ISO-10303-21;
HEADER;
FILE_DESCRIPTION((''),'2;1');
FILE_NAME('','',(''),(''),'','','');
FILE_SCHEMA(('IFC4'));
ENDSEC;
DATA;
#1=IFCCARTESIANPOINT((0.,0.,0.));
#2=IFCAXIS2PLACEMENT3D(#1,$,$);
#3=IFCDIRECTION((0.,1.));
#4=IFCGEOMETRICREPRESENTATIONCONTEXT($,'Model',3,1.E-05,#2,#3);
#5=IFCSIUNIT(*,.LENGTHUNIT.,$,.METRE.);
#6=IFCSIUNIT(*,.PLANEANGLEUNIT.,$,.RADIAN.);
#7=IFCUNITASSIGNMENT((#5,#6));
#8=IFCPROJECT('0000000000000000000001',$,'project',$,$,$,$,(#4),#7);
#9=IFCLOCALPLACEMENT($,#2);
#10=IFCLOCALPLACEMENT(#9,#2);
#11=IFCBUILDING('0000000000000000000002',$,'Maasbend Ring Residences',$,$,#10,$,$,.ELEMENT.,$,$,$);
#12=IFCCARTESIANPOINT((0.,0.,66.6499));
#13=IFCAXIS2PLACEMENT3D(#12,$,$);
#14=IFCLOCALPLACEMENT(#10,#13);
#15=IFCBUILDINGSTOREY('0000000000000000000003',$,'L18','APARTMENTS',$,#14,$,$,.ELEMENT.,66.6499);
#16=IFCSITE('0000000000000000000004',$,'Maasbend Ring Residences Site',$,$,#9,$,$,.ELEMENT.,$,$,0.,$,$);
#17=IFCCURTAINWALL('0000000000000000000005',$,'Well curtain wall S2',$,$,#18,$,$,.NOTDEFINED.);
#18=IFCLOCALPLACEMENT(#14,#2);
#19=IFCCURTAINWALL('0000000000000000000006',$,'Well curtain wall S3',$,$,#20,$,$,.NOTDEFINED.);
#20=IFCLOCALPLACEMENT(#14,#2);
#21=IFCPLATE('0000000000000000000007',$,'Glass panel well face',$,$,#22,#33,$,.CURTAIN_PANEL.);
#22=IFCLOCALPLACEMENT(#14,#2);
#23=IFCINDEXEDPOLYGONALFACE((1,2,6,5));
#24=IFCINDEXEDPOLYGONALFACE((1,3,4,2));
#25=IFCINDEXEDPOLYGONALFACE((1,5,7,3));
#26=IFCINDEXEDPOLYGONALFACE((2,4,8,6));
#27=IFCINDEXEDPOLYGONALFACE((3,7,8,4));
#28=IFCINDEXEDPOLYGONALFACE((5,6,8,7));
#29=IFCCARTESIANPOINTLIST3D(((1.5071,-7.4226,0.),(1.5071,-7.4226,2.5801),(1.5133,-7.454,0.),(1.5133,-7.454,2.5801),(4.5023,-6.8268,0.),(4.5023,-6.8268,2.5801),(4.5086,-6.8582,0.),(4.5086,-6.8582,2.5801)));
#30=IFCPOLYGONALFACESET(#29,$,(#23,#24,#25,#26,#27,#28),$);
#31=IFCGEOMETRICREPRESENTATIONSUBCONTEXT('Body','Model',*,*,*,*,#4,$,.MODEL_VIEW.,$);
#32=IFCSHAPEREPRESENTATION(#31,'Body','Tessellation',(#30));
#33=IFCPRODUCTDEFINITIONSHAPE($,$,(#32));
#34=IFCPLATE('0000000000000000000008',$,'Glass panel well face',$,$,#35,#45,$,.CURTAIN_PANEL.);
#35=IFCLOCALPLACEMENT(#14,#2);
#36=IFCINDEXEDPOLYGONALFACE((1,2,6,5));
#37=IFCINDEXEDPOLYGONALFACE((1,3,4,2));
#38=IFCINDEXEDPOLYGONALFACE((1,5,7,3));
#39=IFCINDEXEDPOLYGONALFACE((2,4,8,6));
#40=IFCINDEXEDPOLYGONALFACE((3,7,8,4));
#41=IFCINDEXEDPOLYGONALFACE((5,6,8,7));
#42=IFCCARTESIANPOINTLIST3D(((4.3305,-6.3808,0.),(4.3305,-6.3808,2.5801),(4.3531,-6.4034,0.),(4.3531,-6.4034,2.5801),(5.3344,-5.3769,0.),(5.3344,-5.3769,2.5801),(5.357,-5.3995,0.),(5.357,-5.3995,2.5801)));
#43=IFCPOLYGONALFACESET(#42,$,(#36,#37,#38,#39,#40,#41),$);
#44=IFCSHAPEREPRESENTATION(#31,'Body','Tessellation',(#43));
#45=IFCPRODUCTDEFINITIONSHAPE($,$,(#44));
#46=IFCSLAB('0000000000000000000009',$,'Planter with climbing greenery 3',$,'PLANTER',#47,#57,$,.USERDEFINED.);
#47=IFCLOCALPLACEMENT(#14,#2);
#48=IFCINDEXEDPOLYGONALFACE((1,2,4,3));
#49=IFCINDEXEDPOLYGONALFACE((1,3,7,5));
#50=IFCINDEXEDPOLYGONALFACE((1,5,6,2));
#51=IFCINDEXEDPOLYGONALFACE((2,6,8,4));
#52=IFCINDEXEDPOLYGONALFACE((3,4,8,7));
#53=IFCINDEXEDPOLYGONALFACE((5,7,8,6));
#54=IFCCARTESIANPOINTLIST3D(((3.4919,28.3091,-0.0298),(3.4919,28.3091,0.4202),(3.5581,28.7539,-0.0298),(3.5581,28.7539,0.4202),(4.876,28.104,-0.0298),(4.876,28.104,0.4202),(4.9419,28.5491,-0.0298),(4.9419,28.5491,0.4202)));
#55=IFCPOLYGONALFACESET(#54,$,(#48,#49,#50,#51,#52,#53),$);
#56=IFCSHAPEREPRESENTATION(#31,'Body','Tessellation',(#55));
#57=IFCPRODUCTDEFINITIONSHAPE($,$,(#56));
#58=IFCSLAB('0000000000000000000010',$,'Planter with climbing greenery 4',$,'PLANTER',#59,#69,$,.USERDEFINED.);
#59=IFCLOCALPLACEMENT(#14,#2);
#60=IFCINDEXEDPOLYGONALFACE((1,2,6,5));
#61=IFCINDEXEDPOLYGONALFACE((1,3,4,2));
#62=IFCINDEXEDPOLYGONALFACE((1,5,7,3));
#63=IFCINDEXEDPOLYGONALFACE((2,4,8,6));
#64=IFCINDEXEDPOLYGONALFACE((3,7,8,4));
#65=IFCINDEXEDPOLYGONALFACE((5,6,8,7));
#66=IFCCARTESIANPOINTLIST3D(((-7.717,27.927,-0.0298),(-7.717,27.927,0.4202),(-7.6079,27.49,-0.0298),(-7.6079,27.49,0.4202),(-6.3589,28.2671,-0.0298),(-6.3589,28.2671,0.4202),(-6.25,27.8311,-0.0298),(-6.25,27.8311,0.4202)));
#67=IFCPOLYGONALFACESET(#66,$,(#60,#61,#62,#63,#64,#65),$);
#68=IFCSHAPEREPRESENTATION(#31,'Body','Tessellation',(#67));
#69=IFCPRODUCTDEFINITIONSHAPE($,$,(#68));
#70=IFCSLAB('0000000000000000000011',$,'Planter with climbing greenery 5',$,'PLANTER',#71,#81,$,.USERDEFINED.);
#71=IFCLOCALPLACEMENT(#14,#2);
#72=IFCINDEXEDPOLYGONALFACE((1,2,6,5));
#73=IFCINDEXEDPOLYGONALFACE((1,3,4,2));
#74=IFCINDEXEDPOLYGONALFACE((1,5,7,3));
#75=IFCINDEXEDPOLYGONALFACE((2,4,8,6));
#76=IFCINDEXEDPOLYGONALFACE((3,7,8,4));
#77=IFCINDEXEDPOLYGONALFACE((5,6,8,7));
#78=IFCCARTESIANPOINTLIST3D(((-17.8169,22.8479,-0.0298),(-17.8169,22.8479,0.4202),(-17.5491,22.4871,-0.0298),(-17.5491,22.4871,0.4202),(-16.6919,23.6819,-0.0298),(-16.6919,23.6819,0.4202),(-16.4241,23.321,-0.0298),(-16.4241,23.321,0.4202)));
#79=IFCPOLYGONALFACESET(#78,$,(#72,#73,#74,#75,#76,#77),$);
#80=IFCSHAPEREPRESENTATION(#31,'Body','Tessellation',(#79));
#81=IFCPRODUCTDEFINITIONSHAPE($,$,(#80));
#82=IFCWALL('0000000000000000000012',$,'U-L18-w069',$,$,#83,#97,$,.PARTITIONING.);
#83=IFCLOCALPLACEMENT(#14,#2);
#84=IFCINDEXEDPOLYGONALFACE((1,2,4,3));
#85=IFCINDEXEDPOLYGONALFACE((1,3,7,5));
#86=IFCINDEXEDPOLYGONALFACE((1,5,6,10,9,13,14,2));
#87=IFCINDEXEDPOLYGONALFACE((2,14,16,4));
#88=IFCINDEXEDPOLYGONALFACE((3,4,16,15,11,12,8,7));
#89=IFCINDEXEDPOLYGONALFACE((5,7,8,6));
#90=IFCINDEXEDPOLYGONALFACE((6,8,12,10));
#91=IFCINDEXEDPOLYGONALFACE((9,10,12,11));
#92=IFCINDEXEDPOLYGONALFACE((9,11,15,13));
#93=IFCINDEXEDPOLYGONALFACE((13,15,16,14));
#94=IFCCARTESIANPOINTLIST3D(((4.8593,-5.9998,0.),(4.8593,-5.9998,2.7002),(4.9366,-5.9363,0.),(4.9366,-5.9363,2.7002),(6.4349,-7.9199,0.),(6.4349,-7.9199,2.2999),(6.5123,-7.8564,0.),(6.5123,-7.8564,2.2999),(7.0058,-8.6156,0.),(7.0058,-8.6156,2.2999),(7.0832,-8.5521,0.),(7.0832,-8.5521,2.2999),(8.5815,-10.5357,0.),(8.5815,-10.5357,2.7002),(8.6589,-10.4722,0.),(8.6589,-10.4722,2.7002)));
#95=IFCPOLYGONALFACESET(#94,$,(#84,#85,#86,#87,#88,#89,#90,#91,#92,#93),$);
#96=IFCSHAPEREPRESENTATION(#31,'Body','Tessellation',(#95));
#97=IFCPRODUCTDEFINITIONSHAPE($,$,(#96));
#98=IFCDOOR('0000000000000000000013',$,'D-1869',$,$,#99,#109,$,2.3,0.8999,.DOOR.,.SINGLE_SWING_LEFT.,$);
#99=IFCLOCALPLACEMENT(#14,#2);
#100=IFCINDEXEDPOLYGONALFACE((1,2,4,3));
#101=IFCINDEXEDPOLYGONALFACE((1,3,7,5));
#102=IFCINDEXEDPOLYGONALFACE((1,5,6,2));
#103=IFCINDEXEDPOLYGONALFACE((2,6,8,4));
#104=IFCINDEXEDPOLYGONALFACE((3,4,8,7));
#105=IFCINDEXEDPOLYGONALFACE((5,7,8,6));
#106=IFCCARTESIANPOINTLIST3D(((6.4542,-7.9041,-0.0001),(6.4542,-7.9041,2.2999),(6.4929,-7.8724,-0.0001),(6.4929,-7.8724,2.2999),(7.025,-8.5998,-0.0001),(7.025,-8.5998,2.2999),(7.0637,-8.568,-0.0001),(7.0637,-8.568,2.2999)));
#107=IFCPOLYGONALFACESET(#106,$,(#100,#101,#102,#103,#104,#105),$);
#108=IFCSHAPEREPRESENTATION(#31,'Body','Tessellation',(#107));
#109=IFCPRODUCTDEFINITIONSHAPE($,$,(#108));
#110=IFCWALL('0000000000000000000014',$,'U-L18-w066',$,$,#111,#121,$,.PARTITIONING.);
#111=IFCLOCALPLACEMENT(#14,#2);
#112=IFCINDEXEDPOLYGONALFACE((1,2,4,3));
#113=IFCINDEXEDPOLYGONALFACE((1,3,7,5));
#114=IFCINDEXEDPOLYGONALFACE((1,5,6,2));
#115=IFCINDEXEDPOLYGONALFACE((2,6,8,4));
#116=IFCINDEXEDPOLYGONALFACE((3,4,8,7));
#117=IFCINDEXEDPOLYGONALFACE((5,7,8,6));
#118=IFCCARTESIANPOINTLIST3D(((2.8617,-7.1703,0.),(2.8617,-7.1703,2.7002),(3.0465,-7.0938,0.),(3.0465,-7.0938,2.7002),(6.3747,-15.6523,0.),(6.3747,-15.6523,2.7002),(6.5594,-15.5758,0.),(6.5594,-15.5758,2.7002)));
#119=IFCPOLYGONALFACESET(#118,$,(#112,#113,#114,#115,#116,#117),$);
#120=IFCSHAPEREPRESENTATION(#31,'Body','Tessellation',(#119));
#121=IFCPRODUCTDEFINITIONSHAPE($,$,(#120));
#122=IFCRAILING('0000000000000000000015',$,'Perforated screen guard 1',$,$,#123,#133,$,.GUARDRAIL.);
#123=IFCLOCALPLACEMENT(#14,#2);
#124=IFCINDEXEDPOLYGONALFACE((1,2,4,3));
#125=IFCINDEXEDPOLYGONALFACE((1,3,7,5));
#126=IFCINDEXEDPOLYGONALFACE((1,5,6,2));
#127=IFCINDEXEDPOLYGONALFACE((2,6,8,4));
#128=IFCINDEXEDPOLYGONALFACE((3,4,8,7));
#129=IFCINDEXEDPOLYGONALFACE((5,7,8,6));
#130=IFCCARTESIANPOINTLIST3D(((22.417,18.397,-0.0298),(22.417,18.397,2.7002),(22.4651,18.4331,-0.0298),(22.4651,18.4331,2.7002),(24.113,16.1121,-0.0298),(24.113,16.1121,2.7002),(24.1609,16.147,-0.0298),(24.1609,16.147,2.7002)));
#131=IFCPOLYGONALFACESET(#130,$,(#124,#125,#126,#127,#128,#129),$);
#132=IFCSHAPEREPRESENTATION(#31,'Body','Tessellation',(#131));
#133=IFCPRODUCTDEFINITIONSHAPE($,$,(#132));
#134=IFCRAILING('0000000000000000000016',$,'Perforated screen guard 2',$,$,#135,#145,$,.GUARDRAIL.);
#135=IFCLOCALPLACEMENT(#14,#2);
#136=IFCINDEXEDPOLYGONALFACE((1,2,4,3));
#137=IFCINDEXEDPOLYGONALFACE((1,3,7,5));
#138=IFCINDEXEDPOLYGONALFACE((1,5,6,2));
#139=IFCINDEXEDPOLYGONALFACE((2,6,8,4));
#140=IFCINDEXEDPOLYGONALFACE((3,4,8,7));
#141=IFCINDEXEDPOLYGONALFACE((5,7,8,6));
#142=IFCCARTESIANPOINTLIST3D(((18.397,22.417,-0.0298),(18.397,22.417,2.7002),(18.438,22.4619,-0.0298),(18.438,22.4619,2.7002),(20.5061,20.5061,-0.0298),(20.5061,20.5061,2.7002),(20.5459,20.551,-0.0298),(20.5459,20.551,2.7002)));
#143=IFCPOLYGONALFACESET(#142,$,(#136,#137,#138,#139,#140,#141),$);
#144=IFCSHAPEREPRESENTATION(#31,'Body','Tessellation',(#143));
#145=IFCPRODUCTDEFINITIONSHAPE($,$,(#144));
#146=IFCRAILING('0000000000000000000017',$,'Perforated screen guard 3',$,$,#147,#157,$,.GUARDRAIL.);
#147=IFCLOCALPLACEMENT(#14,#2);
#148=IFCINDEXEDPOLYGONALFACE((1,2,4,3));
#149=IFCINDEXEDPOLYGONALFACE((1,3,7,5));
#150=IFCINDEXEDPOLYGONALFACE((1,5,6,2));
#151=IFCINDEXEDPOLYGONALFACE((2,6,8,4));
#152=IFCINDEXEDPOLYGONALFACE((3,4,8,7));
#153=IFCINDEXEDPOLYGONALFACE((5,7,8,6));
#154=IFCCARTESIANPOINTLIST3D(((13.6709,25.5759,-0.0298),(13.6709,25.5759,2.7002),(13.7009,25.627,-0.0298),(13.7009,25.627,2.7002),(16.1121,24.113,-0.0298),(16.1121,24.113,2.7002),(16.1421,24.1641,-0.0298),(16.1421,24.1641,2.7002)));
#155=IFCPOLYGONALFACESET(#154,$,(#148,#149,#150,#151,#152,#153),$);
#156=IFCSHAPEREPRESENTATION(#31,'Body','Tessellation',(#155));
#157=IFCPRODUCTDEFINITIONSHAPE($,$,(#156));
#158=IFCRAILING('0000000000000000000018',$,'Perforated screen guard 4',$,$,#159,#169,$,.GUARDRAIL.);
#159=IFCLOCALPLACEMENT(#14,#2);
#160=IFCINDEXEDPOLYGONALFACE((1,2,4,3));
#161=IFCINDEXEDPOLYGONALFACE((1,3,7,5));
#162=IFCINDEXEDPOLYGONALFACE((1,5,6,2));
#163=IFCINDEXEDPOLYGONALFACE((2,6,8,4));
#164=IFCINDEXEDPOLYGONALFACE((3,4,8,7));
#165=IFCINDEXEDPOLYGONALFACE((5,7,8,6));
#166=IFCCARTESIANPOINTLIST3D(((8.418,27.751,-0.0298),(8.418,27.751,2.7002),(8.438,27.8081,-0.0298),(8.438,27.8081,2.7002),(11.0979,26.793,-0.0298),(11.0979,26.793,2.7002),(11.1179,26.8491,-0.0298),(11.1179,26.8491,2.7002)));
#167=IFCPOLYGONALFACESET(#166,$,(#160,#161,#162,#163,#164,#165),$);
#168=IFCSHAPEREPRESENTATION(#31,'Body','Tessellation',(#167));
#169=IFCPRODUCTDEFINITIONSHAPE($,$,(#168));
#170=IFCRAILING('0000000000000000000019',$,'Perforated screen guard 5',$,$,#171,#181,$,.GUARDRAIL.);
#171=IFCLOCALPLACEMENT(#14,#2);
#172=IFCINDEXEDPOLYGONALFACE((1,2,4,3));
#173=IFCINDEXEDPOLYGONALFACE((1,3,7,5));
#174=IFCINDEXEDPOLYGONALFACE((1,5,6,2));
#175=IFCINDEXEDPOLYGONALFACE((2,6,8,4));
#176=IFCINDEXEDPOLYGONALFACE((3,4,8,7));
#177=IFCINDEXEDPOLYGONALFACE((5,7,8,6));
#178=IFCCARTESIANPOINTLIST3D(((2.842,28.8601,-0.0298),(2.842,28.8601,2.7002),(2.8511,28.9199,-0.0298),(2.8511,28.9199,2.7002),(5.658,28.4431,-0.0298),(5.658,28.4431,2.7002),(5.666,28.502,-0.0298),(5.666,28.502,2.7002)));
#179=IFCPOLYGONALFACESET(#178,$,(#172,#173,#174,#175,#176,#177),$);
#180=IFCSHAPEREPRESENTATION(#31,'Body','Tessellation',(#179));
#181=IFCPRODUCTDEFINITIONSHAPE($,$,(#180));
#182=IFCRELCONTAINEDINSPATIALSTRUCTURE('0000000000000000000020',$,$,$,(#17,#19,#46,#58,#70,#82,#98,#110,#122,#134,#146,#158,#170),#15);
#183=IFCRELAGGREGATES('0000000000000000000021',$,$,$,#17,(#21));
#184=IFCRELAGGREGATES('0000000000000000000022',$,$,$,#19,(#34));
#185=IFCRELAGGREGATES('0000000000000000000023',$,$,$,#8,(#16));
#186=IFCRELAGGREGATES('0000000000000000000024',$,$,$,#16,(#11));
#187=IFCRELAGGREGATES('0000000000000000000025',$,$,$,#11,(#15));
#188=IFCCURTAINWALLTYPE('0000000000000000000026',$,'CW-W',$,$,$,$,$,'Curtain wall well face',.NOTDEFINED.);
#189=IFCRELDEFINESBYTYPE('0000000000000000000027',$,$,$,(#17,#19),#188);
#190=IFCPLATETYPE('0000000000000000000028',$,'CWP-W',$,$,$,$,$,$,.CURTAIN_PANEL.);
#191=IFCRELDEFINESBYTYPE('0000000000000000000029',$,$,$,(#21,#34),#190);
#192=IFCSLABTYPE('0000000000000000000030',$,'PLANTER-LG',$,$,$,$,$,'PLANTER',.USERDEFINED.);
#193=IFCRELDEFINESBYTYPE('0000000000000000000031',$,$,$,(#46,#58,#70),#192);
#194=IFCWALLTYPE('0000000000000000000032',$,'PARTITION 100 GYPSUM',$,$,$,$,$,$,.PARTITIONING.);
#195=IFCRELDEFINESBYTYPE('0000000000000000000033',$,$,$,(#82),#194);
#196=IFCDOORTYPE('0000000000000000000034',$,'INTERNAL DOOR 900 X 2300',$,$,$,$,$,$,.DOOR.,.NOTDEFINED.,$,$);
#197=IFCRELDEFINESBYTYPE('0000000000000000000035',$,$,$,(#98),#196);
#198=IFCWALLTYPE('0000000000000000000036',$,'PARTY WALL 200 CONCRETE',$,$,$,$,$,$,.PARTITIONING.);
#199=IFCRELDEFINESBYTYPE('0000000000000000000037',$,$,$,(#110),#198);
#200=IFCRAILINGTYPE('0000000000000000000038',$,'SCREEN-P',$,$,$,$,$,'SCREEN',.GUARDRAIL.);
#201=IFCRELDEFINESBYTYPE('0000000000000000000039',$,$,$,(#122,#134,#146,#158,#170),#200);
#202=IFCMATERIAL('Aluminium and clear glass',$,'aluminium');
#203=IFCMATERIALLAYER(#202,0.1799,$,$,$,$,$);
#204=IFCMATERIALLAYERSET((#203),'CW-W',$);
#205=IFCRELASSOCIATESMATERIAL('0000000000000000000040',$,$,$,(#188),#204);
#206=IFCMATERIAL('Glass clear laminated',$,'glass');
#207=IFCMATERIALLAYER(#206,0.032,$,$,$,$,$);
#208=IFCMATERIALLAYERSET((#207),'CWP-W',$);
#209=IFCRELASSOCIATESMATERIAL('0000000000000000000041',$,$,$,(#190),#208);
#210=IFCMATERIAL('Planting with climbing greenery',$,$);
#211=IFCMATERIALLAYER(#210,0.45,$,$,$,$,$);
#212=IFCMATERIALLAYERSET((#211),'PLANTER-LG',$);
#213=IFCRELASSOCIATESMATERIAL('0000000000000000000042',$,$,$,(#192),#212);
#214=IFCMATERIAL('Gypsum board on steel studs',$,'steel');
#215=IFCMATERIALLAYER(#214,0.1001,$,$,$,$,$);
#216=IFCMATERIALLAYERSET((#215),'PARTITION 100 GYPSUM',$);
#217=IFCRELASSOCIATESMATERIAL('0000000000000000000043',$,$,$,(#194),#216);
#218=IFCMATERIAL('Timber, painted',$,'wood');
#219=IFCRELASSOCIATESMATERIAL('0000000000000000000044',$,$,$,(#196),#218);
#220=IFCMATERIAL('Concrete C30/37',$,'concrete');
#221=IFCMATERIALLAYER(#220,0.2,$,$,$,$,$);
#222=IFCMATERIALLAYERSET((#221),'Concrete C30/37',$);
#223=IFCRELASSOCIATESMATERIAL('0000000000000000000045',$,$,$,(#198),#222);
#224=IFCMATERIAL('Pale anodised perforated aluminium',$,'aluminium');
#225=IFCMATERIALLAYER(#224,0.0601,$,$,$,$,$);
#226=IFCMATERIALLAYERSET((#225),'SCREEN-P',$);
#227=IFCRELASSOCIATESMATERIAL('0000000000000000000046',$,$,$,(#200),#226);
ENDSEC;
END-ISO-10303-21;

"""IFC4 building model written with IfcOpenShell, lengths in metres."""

from ifc_helpers import new_model, si_unit, direction, frame, frame_2d, origin, origin_2d, place, context, subcontext, project, spatial, polyline, rectangle, outline, extrude, material, layer, layer_set, type_object, element, fill, aggregate, save


model = new_model("IFC4")

# Units and contexts
model_context = context("Model", 3, precision=1e-05, world=origin(), true_north=direction((0.0, 1.0)))
body_context = subcontext(model_context, "Body", "Model", "MODEL_VIEW")
ifc_project = project(units=[si_unit("LENGTHUNIT", "METRE"), si_unit("PLANEANGLEUNIT", "RADIAN")], contexts=[model_context])

# Site, building, storey
site_placement = place(None, origin())
site = spatial("IfcSite", under=ifc_project, at=site_placement, Name="Maasbend Ring Residences Site", CompositionType="ELEMENT", RefElevation=0.0)
building_placement = place(site_placement, origin())
building = spatial("IfcBuilding", under=site, at=building_placement, Name="Maasbend Ring Residences", CompositionType="ELEMENT")
storey_placement = place(building_placement, frame((0.0, 0.0, 66.6499)))
storey = spatial("IfcBuildingStorey", under=building, at=storey_placement, Name="L18", Description="APARTMENTS", CompositionType="ELEMENT", Elevation=66.6499)

# Curtain walls
ifc_material_1 = material(Name="Aluminium and clear glass", Category="aluminium")
ifc_layer_1 = layer(ifc_material_1, 0.1799)
ifc_layer_set_1 = layer_set([ifc_layer_1], Name="CW-W")
curtain_wall_type = type_object("IfcCurtainWallType", Name="CW-W", ElementType="Curtain wall well face", PredefinedType="NOTDEFINED", material=ifc_layer_set_1)
curtain_wall_1_placement = place(storey_placement, origin())
curtain_wall_1 = element("IfcCurtainWall", 1, at=curtain_wall_1_placement, inside=storey, type_object=curtain_wall_type, Name="Well curtain wall S2", PredefinedType="NOTDEFINED")
curtain_wall_2_placement = place(storey_placement, origin())
curtain_wall_2 = element("IfcCurtainWall", 2, at=curtain_wall_2_placement, inside=storey, type_object=curtain_wall_type, Name="Well curtain wall S3", PredefinedType="NOTDEFINED")

# Plates
ifc_material_2 = material(Name="Glass clear laminated", Category="glass")
ifc_layer_2 = layer(ifc_material_2, 0.032)
ifc_layer_set_2 = layer_set([ifc_layer_2], Name="CWP-W")
plate_type = type_object("IfcPlateType", Name="CWP-W", PredefinedType="CURTAIN_PANEL", material=ifc_layer_set_2)
plate_1_placement = place(storey_placement, frame((3.0078, -7.1404, 0.0), z_axis=(0.0, 0.0, 1.0), x_axis=(0.980785, 0.19509, 0.0)))
plate_1 = element("IfcPlate", 3, at=plate_1_placement, type_object=plate_type, Name="Glass panel well face", PredefinedType="CURTAIN_PANEL", context=body_context, shape_type="SweptSolid", body=[
    extrude(rectangle(XDim=3.054, YDim=0.032, at=origin_2d()), origin(), (0.0, 0.0, 1.0), 2.5801),
])
aggregate(curtain_wall_1, [plate_1])
plate_2_placement = place(storey_placement, frame((4.8438, -5.8901, 0.0), z_axis=(0.0, 0.0, 1.0), x_axis=(0.707107, 0.707107, 0.0)))
plate_2 = element("IfcPlate", 4, at=plate_2_placement, type_object=plate_type, Name="Glass panel well face", PredefinedType="CURTAIN_PANEL", context=body_context, shape_type="SweptSolid", body=[
    extrude(rectangle(XDim=1.4197, YDim=0.032, at=origin_2d()), origin(), (0.0, 0.0, 1.0), 2.5801),
])
aggregate(curtain_wall_2, [plate_2])

# Slabs
ifc_material_3 = material(Name="Planting with climbing greenery")
ifc_layer_3 = layer(ifc_material_3, 0.45)
ifc_layer_set_3 = layer_set([ifc_layer_3], Name="PLANTER-LG")
slab_type_1 = type_object("IfcSlabType", Name="PLANTER-LG", ElementType="PLANTER", PredefinedType="USERDEFINED", material=ifc_layer_set_3)
slab_1_placement = place(storey_placement, frame((0.0, 0.0, -0.0298)))
element("IfcSlab", 5, at=slab_1_placement, inside=storey, type_object=slab_type_1, Name="Planter with climbing greenery 3", ObjectType="PLANTER", PredefinedType="USERDEFINED", context=body_context, shape_type="SweptSolid", body=[
    extrude(outline(polyline([(4.9419, 28.5491), (3.5581, 28.7539), (3.4919, 28.3091), (4.876, 28.104), (4.9419, 28.5491)])), origin(), (0.0, 0.0, 1.0), 0.45),
])
slab_2_placement = place(storey_placement, frame((0.0, 0.0, -0.0298)))
element("IfcSlab", 6, at=slab_2_placement, inside=storey, type_object=slab_type_1, Name="Planter with climbing greenery 4", ObjectType="PLANTER", PredefinedType="USERDEFINED", context=body_context, shape_type="SweptSolid", body=[
    extrude(outline(polyline([(-6.3589, 28.2671), (-7.717, 27.927), (-7.6079, 27.49), (-6.25, 27.8311), (-6.3589, 28.2671)])), origin(), (0.0, 0.0, 1.0), 0.45),
])
slab_3_placement = place(storey_placement, frame((0.0, 0.0, -0.0298)))
element("IfcSlab", 7, at=slab_3_placement, inside=storey, type_object=slab_type_1, Name="Planter with climbing greenery 5", ObjectType="PLANTER", PredefinedType="USERDEFINED", context=body_context, shape_type="SweptSolid", body=[
    extrude(outline(polyline([(-16.6919, 23.6819), (-17.8169, 22.8479), (-17.5491, 22.4871), (-16.4241, 23.321), (-16.6919, 23.6819)])), origin(), (0.0, 0.0, 1.0), 0.45),
])

# Wall, opening, door
ifc_material_4 = material(Name="Gypsum board on steel studs", Category="steel")
ifc_layer_4 = layer(ifc_material_4, 0.1001)
ifc_layer_set_4 = layer_set([ifc_layer_4], Name="PARTITION 100 GYPSUM")
wall_type_1 = type_object("IfcWallType", Name="PARTITION 100 GYPSUM", PredefinedType="PARTITIONING", material=ifc_layer_set_4)
wall_1_placement = place(storey_placement, frame((4.8979, -5.968, 0.0), z_axis=(0.0, 0.0, 1.0), x_axis=(0.634359, -0.773039, 0.0)))
wall_1 = element("IfcWall", 8, at=wall_1_placement, inside=storey, type_object=wall_type_1, Name="U-L18-w069", PredefinedType="PARTITIONING", context=body_context, shape_type="SweptSolid", body=[
    extrude(rectangle(XDim=5.8677, YDim=0.1001, at=frame_2d((2.9338, 0.0))), origin(), (0.0, 0.0, 1.0), 2.7002),
])
opening_placement = place(wall_1_placement, frame((2.4839, 0.0, 0.0)))
opening = element("IfcOpeningElement", 9, at=opening_placement, cuts=wall_1, PredefinedType="OPENING", context=body_context, shape_type="SweptSolid", body=[
    extrude(rectangle(XDim=0.8999, YDim=2.3, at=frame_2d((0.45, 1.1499))), frame((0.0, 0.0601, 0.0), z_axis=(0.0, -1.0, 0.0), x_axis=(1.0, 0.0, 0.0)), (0.0, 0.0, 1.0), 0.1201),
])
ifc_material_5 = material(Name="Timber, painted", Category="wood")
door_type = type_object("IfcDoorType", Name="INTERNAL DOOR 900 X 2300", OperationType="NOTDEFINED", PredefinedType="DOOR", material=ifc_material_5)
door_placement = place(opening_placement, origin())
door = element("IfcDoor", 10, at=door_placement, inside=storey, type_object=door_type, Name="D-1869", OperationType="SINGLE_SWING_LEFT", OverallHeight=2.3, OverallWidth=0.8999, PredefinedType="DOOR", context=body_context, shape_type="SweptSolid", body=[
    extrude(rectangle(XDim=0.8999, YDim=2.3, at=frame_2d((0.45, 1.1499))), frame((0.0, 0.0249, 0.0), z_axis=(0.0, -1.0, 0.0), x_axis=(1.0, 0.0, 0.0)), (0.0, 0.0, 1.0), 0.05),
])
fill(opening, door)

# Wall
ifc_material_6 = material(Name="Concrete C30/37", Category="concrete")
ifc_layer_5 = layer(ifc_material_6, 0.2)
ifc_layer_set_5 = layer_set([ifc_layer_5], Name="Concrete C30/37")
wall_type_2 = type_object("IfcWallType", Name="PARTY WALL 200 CONCRETE", PredefinedType="PARTITIONING", material=ifc_layer_set_5)
wall_2_placement = place(storey_placement, frame((2.9541, -7.1321, 0.0), z_axis=(0.0, 0.0, 1.0), x_axis=(0.382647, -0.923895, 0.0)))
element("IfcWall", 11, at=wall_2_placement, inside=storey, type_object=wall_type_2, Name="U-L18-w066", PredefinedType="PARTITIONING", context=body_context, shape_type="SweptSolid", body=[
    extrude(rectangle(XDim=9.1807, YDim=0.2, at=frame_2d((4.5903, 0.0))), origin(), (0.0, 0.0, 1.0), 2.7002),
])

# Railings
ifc_material_7 = material(Name="Pale anodised perforated aluminium", Category="aluminium")
ifc_layer_6 = layer(ifc_material_7, 0.0601)
ifc_layer_set_6 = layer_set([ifc_layer_6], Name="SCREEN-P")
railing_type = type_object("IfcRailingType", Name="SCREEN-P", ElementType="SCREEN", PredefinedType="GUARDRAIL", material=ifc_layer_set_6)
railing_1_placement = place(storey_placement, frame((0.0, 0.0, -0.0298)))
element("IfcRailing", 12, at=railing_1_placement, inside=storey, type_object=railing_type, Name="Perforated screen guard 1", PredefinedType="GUARDRAIL", context=body_context, shape_type="SweptSolid", body=[
    extrude(outline(polyline([(24.113, 16.1121), (22.417, 18.397), (22.4651, 18.4331), (24.1609, 16.147), (24.113, 16.1121)])), origin(), (0.0, 0.0, 1.0), 2.73),
])
railing_2_placement = place(storey_placement, frame((0.0, 0.0, -0.0298)))
element("IfcRailing", 13, at=railing_2_placement, inside=storey, type_object=railing_type, Name="Perforated screen guard 2", PredefinedType="GUARDRAIL", context=body_context, shape_type="SweptSolid", body=[
    extrude(outline(polyline([(20.5061, 20.5061), (18.397, 22.417), (18.438, 22.4619), (20.5459, 20.551), (20.5061, 20.5061)])), origin(), (0.0, 0.0, 1.0), 2.73),
])
railing_3_placement = place(storey_placement, frame((0.0, 0.0, -0.0298)))
element("IfcRailing", 14, at=railing_3_placement, inside=storey, type_object=railing_type, Name="Perforated screen guard 3", PredefinedType="GUARDRAIL", context=body_context, shape_type="SweptSolid", body=[
    extrude(outline(polyline([(16.1121, 24.113), (13.6709, 25.5759), (13.7009, 25.627), (16.1421, 24.1641), (16.1121, 24.113)])), origin(), (0.0, 0.0, 1.0), 2.73),
])
railing_4_placement = place(storey_placement, frame((0.0, 0.0, -0.0298)))
element("IfcRailing", 15, at=railing_4_placement, inside=storey, type_object=railing_type, Name="Perforated screen guard 4", PredefinedType="GUARDRAIL", context=body_context, shape_type="SweptSolid", body=[
    extrude(outline(polyline([(11.0979, 26.793), (8.418, 27.751), (8.438, 27.8081), (11.1179, 26.8491), (11.0979, 26.793)])), origin(), (0.0, 0.0, 1.0), 2.73),
])
railing_5_placement = place(storey_placement, frame((0.0, 0.0, -0.0298)))
element("IfcRailing", 16, at=railing_5_placement, inside=storey, type_object=railing_type, Name="Perforated screen guard 5", PredefinedType="GUARDRAIL", context=body_context, shape_type="SweptSolid", body=[
    extrude(outline(polyline([(5.658, 28.4431), (2.842, 28.8601), (2.8511, 28.9199), (5.666, 28.502), (5.658, 28.4431)])), origin(), (0.0, 0.0, 1.0), 2.73),
])

save(model, "model.ifc")
